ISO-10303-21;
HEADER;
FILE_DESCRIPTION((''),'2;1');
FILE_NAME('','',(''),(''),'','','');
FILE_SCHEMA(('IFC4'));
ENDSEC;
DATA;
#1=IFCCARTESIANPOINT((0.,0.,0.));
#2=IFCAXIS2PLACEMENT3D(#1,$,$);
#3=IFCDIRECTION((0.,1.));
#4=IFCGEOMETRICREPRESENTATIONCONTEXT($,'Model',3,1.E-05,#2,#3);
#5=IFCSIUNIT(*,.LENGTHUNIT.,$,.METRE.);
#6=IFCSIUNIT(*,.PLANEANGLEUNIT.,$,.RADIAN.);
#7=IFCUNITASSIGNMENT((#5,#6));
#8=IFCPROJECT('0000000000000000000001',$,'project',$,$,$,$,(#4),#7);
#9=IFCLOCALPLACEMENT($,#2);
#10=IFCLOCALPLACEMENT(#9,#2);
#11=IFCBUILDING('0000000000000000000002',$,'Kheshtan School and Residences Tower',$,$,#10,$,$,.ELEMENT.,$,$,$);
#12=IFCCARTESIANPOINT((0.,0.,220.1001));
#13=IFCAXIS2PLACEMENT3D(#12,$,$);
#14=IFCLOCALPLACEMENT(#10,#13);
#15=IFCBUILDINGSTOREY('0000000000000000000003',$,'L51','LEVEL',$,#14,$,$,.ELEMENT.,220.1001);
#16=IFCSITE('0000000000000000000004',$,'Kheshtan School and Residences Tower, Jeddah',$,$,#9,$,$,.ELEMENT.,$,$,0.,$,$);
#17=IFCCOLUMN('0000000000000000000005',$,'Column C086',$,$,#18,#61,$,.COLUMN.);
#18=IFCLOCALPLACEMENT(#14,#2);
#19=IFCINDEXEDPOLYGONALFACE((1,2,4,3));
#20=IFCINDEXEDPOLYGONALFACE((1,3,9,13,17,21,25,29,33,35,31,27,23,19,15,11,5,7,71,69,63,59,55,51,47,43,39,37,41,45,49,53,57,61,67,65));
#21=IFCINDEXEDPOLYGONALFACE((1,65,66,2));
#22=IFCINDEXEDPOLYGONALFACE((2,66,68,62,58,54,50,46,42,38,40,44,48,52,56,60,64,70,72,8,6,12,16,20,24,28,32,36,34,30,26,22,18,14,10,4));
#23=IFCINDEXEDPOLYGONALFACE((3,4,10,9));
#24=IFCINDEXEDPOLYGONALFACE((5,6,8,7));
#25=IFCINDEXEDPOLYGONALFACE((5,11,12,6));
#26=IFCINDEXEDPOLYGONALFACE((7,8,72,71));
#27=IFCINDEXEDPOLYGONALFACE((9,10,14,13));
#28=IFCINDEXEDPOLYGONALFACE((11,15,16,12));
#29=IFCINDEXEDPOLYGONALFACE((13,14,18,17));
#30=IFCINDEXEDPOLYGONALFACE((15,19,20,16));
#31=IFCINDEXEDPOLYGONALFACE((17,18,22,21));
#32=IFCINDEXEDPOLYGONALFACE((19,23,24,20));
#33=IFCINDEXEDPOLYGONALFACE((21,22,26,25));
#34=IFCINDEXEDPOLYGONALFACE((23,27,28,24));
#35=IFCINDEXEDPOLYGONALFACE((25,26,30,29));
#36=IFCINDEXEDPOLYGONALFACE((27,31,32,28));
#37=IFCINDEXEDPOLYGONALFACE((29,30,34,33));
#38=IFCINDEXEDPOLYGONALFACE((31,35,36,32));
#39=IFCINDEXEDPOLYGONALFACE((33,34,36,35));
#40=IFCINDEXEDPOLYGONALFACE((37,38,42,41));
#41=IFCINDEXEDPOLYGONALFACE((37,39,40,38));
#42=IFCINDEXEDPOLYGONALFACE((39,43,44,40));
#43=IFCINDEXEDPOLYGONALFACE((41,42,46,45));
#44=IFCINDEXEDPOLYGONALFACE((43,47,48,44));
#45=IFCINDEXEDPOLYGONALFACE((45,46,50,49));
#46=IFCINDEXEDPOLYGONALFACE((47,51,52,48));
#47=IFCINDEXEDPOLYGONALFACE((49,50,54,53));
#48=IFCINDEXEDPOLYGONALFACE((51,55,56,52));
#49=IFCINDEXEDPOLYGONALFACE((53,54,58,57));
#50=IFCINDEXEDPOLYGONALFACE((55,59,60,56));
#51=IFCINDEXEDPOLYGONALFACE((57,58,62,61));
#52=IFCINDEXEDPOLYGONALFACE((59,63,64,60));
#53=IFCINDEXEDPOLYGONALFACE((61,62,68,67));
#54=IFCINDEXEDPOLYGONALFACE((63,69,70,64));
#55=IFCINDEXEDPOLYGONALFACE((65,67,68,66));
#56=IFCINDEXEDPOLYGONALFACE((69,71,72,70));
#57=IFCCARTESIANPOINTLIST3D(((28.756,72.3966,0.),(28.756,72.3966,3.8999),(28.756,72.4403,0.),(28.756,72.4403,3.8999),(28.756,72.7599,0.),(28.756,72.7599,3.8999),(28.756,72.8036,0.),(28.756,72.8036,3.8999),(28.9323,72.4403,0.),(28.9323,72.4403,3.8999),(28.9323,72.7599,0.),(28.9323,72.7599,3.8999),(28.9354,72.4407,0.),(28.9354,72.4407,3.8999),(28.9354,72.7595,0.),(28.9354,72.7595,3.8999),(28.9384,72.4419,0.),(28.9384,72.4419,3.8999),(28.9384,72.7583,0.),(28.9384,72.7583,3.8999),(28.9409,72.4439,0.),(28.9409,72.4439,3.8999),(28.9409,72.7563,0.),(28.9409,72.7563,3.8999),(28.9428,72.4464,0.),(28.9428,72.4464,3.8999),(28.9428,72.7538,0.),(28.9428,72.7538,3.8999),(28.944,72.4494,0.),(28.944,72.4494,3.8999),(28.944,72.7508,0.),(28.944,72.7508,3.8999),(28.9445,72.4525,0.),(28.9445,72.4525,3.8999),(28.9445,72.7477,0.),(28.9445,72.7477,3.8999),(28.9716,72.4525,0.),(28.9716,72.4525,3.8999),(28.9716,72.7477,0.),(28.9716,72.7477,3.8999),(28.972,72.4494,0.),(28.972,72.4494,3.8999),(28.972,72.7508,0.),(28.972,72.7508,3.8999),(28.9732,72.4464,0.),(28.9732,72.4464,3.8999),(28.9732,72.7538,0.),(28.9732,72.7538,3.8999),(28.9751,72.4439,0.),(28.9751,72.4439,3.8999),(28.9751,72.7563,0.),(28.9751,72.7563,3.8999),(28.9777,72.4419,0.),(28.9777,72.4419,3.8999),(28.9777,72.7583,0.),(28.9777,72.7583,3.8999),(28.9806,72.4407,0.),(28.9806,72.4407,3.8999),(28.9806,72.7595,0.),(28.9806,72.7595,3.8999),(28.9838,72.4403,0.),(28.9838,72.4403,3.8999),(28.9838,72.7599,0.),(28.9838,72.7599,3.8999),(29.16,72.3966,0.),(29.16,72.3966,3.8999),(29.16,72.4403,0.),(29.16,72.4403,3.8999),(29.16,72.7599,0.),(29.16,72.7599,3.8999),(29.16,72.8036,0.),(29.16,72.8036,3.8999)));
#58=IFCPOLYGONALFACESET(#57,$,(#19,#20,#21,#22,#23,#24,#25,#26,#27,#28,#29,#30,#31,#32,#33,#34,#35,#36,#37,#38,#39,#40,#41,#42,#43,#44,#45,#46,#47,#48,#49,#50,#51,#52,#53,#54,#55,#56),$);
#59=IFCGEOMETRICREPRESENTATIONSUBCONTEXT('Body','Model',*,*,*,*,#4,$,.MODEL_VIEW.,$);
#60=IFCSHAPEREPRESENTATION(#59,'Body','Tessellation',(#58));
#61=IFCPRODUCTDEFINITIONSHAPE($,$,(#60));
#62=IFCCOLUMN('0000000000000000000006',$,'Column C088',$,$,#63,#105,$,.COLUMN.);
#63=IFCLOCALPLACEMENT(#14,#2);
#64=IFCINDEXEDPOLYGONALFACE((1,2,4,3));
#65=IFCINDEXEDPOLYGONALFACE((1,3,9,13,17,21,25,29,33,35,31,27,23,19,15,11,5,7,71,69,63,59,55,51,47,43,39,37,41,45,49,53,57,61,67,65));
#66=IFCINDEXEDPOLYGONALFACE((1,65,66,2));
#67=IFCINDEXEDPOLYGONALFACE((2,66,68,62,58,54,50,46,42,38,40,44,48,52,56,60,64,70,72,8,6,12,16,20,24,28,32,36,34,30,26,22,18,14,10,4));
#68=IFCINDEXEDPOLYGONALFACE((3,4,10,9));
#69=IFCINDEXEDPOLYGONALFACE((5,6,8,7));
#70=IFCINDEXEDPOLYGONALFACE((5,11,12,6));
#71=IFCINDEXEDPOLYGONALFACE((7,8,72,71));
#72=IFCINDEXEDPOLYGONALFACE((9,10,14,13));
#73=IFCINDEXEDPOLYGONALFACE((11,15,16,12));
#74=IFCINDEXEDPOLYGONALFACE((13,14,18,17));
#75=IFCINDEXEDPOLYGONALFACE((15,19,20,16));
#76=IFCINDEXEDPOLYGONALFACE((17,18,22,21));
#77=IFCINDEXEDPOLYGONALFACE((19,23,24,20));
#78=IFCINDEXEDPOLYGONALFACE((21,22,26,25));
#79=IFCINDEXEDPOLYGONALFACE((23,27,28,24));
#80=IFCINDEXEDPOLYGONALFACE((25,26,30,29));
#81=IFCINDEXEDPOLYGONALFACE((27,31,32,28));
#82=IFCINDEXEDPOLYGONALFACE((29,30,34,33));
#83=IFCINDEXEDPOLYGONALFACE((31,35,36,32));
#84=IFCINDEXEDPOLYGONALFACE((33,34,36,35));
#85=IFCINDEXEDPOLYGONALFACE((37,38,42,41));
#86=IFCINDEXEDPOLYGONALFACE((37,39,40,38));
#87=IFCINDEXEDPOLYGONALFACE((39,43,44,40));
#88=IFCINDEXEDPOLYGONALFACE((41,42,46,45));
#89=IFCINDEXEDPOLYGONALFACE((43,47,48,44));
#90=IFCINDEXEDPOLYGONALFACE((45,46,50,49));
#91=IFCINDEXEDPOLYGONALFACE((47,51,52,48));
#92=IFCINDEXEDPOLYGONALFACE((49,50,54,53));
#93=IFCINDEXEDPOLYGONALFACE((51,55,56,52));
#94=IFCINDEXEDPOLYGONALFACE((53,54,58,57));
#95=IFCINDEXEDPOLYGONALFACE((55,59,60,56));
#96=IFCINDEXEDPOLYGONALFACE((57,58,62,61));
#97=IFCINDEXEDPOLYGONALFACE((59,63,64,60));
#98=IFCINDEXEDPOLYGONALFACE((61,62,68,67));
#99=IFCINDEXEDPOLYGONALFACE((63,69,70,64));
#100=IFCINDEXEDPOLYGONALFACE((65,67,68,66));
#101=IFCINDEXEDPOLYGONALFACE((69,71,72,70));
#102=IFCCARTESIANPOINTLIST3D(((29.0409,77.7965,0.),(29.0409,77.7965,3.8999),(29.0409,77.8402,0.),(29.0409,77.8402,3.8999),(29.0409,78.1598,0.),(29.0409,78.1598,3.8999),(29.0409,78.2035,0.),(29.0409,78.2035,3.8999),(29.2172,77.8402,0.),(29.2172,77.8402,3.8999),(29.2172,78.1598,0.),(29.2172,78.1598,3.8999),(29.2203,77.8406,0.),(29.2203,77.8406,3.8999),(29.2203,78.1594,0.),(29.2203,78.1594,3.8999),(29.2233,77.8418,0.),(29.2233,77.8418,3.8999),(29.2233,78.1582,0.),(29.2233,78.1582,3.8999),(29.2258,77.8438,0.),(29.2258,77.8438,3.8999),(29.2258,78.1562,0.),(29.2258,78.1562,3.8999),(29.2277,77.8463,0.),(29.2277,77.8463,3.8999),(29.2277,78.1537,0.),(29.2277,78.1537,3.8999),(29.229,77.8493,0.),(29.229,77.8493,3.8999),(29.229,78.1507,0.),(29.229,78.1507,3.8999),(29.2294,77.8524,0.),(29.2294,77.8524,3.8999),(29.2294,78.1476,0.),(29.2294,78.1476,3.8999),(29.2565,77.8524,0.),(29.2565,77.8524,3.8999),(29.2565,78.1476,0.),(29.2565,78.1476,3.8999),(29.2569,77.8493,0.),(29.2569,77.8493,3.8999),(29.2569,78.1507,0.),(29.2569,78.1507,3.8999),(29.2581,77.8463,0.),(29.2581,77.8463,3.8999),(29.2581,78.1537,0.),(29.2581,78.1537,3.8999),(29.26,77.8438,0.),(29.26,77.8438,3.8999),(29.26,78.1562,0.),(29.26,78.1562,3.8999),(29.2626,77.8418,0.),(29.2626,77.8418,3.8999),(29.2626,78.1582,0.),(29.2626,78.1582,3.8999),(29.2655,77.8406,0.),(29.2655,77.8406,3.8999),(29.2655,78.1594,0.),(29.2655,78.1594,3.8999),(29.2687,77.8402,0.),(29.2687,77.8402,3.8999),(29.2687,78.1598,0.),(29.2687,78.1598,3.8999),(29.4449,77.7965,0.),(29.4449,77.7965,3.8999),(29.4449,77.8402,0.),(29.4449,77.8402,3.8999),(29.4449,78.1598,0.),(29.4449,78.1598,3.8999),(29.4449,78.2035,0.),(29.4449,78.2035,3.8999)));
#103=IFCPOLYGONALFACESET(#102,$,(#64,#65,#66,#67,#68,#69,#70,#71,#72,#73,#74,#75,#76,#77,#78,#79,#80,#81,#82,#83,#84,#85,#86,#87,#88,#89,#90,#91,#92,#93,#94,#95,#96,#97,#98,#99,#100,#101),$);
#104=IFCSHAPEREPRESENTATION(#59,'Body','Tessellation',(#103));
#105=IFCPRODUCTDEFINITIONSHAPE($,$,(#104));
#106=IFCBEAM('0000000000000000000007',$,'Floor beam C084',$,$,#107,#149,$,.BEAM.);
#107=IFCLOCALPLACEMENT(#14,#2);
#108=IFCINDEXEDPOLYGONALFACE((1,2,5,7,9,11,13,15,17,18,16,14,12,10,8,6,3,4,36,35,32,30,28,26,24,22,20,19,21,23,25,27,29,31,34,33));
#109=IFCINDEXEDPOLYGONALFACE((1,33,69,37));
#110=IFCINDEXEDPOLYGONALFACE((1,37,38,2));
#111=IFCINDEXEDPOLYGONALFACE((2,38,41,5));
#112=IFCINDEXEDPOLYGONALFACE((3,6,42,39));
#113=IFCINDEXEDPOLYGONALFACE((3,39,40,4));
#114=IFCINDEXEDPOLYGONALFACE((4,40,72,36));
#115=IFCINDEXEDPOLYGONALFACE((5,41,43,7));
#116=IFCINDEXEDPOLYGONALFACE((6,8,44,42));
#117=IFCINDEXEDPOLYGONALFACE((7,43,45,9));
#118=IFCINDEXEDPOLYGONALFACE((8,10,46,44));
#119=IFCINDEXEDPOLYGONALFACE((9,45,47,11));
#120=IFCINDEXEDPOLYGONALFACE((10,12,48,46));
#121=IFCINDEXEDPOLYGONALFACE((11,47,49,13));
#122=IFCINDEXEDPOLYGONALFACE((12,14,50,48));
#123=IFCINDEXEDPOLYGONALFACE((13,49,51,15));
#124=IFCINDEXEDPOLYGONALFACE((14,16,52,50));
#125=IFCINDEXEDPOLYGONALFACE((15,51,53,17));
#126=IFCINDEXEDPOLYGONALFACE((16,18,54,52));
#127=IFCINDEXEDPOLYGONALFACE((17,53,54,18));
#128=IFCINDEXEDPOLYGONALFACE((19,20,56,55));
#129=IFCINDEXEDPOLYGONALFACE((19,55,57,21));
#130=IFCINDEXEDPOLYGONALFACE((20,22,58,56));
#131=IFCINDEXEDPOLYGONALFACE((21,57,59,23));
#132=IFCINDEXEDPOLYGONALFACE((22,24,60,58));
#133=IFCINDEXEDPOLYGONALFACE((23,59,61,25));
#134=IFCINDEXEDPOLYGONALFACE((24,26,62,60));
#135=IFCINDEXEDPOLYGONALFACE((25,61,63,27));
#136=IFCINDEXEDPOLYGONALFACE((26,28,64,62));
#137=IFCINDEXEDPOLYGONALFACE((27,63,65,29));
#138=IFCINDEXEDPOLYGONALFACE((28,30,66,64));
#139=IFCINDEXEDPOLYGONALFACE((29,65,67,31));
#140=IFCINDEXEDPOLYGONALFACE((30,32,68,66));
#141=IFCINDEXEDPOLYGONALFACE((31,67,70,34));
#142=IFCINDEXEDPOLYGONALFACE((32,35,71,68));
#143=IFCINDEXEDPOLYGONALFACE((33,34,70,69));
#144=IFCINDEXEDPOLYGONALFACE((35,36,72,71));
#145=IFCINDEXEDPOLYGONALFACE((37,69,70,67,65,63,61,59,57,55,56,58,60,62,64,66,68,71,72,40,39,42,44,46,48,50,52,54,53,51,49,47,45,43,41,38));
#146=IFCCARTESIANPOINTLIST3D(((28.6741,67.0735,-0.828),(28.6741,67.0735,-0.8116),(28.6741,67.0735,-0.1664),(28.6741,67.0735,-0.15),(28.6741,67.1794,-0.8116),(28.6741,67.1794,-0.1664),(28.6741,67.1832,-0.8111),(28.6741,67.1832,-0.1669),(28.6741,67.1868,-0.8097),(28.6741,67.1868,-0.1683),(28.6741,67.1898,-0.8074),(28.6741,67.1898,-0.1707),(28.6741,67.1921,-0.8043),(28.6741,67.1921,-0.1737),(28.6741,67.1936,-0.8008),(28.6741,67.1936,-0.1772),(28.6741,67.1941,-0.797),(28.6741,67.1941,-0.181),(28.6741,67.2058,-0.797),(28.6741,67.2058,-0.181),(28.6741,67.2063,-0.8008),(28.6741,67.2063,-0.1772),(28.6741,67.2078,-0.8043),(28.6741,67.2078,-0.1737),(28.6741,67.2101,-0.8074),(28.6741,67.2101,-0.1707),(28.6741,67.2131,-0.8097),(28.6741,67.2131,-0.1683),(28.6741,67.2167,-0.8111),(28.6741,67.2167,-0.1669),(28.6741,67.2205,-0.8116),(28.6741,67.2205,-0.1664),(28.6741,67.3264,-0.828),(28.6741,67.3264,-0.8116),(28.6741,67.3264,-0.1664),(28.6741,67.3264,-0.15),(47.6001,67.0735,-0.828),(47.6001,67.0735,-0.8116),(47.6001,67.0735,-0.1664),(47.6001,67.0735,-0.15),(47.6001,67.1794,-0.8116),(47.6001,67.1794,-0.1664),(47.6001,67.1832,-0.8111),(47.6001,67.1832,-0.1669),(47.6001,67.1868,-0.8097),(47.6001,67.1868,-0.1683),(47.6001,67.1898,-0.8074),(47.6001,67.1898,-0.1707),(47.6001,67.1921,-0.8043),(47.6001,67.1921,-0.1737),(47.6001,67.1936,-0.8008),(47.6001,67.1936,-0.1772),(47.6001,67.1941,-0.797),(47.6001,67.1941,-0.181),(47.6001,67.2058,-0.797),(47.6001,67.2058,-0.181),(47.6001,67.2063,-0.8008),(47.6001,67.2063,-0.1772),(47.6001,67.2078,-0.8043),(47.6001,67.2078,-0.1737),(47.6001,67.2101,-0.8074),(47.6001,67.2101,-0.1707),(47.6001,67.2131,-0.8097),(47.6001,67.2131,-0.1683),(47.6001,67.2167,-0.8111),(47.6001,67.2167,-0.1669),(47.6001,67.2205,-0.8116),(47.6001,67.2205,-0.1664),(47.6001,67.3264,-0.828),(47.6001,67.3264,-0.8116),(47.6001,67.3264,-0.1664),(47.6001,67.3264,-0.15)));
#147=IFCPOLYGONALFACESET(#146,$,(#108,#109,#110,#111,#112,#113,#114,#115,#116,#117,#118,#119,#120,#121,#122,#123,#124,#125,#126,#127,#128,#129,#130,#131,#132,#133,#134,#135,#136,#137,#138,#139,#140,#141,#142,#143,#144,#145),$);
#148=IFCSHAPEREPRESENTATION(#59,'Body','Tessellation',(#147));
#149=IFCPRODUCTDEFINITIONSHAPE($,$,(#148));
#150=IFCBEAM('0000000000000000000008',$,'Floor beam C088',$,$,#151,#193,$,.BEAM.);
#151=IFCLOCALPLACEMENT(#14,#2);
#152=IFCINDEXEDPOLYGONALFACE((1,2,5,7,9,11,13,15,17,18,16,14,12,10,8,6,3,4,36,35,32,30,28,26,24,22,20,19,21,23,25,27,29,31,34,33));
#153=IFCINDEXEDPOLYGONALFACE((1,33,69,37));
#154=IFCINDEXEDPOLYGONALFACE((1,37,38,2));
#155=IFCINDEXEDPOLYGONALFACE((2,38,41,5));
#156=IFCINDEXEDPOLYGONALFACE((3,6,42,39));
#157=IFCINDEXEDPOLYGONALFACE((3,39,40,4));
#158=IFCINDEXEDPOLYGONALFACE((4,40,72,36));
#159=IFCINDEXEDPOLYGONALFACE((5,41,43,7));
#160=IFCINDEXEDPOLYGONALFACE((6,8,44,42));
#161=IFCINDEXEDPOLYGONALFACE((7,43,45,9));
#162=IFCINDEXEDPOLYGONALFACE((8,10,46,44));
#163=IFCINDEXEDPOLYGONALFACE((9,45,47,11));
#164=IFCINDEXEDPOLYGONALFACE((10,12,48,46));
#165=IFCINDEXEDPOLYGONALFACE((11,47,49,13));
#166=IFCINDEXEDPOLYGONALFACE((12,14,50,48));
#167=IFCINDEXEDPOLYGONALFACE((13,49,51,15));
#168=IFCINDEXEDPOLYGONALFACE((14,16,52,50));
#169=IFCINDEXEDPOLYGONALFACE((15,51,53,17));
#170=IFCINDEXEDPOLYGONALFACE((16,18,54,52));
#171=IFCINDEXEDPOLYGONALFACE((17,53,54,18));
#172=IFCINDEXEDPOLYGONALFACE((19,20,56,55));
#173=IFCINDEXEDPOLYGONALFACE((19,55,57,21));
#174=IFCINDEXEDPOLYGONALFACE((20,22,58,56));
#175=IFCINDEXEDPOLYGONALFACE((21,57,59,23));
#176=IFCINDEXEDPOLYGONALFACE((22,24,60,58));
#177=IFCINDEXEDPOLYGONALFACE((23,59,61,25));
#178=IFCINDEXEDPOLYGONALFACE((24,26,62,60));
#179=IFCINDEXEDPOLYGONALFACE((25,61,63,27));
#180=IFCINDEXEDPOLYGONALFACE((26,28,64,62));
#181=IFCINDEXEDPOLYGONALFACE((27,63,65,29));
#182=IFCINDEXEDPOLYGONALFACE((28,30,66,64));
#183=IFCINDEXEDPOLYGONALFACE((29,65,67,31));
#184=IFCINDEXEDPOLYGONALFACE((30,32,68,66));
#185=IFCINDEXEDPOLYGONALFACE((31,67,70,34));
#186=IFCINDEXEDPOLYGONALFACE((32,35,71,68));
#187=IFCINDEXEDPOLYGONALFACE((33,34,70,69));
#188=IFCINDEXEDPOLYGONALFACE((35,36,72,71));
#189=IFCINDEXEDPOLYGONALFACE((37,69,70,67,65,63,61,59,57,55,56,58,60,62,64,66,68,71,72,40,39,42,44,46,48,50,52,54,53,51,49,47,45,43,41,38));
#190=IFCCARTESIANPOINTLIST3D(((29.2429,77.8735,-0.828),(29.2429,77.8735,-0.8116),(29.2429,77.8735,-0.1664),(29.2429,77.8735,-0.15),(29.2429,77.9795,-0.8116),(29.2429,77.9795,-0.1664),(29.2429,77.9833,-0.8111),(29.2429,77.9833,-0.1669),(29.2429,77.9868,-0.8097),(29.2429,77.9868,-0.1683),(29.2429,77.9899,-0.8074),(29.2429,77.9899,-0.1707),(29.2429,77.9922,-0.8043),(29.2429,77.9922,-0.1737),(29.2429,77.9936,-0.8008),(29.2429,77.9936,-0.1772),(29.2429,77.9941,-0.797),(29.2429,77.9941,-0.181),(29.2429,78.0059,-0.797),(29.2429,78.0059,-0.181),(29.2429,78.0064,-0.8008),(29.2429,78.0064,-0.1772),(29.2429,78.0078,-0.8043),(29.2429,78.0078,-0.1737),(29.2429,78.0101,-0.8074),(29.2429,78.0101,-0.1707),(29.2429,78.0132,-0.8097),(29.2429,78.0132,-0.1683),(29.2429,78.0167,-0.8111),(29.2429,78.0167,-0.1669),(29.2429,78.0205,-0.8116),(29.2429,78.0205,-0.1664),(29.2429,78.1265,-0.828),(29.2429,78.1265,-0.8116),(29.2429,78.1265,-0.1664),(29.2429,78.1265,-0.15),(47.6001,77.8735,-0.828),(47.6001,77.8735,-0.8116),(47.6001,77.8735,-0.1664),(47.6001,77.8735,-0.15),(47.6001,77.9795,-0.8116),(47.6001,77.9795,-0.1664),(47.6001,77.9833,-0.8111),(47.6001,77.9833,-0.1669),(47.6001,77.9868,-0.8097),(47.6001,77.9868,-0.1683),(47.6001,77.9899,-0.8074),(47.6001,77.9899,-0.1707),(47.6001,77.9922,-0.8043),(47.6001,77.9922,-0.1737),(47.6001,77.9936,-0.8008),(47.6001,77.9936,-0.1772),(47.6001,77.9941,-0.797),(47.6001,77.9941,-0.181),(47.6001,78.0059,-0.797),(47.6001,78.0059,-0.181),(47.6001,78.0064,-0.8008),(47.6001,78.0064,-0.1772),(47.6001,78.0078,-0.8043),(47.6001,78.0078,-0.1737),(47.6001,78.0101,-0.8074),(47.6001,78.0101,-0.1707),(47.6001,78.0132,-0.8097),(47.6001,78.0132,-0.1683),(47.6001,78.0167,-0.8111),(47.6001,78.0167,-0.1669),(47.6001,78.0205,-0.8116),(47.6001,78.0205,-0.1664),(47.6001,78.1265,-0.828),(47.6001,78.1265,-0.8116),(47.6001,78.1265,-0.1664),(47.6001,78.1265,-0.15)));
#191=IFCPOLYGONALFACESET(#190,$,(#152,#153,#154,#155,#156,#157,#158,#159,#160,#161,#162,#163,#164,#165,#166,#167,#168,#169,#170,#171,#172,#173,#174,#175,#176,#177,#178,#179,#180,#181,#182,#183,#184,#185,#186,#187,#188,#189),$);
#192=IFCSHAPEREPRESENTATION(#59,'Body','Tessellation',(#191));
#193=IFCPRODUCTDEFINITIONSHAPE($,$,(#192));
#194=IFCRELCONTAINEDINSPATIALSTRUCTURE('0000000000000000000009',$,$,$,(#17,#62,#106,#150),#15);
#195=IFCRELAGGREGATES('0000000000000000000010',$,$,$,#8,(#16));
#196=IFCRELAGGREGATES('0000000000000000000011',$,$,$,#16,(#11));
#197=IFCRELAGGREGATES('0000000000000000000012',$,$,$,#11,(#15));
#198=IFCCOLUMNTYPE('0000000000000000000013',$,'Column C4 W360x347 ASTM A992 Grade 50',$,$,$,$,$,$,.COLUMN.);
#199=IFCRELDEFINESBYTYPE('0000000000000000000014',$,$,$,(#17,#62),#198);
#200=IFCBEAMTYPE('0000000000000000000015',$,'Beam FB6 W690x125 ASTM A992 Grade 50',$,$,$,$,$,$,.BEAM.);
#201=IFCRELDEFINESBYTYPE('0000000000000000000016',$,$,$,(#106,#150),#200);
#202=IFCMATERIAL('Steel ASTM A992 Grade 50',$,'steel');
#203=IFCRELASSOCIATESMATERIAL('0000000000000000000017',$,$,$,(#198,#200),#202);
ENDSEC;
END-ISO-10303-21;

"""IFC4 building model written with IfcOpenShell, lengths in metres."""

from ifc_helpers import new_model, si_unit, direction, frame, origin, origin_2d, place, context, subcontext, project, spatial, i_section, extrude, material, material_profile, profile_set, type_object, element, save


model = new_model("IFC4")

# Units and contexts
model_context = context("Model", 3, precision=1e-05, world=origin(), true_north=direction((0.0, 1.0)))
body_context = subcontext(model_context, "Body", "Model", "MODEL_VIEW")
ifc_project = project(units=[si_unit("LENGTHUNIT", "METRE"), si_unit("PLANEANGLEUNIT", "RADIAN")], contexts=[model_context])

# Site, building, storey
site_placement = place(None, origin())
site = spatial("IfcSite", under=ifc_project, at=site_placement, Name="Kheshtan School and Residences Tower, Jeddah", CompositionType="ELEMENT", RefElevation=0.0)
building_placement = place(site_placement, origin())
building = spatial("IfcBuilding", under=site, at=building_placement, Name="Kheshtan School and Residences Tower", CompositionType="ELEMENT")
storey_placement = place(building_placement, frame((0.0, 0.0, 220.1001)))
storey = spatial("IfcBuildingStorey", under=building, at=storey_placement, Name="L51", Description="LEVEL", CompositionType="ELEMENT", Elevation=220.1001)

# Columns
ifc_material_1 = material(Name="Steel ASTM A992 Grade 50", Category="steel")
ifc_material_profile_1 = material_profile(ifc_material_1, i_section(OverallWidth=0.4041, OverallDepth=0.407, WebThickness=0.0271, FlangeThickness=0.0437, FilletRadius=0.0122, at=origin_2d()), Name="W360x347")
ifc_profile_set_1 = profile_set([ifc_material_profile_1], Name="Steel ASTM A992 Grade 50")
column_type = type_object("IfcColumnType", Name="Column C4 W360x347 ASTM A992 Grade 50", PredefinedType="COLUMN", material=ifc_profile_set_1)
for number, where, z_axis, x_axis, name in (
    (1, (28.958, 72.6001, 0.0), (0.0, 0.0, 1.0), (1.0, 0.0, 0.0), "Column C086"),
    (2, (29.2429, 78.0, 0.0), (0.0, 0.0, 1.0), (1.0, 0.0, 0.0), "Column C088"),
):
    element("IfcColumn", number, at=place(storey_placement, frame(where, z_axis=z_axis, x_axis=x_axis)), inside=storey, type_object=column_type, Name=name, PredefinedType="COLUMN", context=body_context, shape_type="SweptSolid", body=[
        extrude(i_section(OverallWidth=0.4041, OverallDepth=0.407, WebThickness=0.0271, FlangeThickness=0.0437, FilletRadius=0.0122, at=origin_2d()), origin(), (0.0, 0.0, 1.0), 3.8999),
    ])

# Beams
ifc_material_profile_2 = material_profile(ifc_material_1, i_section(OverallWidth=0.2529, OverallDepth=0.678, WebThickness=0.0117, FlangeThickness=0.0164, FilletRadius=0.0146, at=origin_2d()), Name="W690x125")
ifc_profile_set_2 = profile_set([ifc_material_profile_2], Name="Steel ASTM A992 Grade 50")
beam_type_1 = type_object("IfcBeamType", Name="Beam FB6 W690x125 ASTM A992 Grade 50", PredefinedType="BEAM", material=ifc_profile_set_2)
beam_1_placement = place(storey_placement, frame((28.6741, 67.2, -0.489), z_axis=(1.0, 0.0, 0.0), x_axis=(0.0, 1.0, 0.0)))
element("IfcBeam", 3, at=beam_1_placement, inside=storey, type_object=beam_type_1, Name="Floor beam C084", PredefinedType="BEAM", context=body_context, shape_type="SweptSolid", body=[
    extrude(i_section(OverallWidth=0.2529, OverallDepth=0.678, WebThickness=0.0117, FlangeThickness=0.0164, FilletRadius=0.0146, at=origin_2d()), origin(), (0.0, 0.0, 1.0), 18.926),
])
beam_2_placement = place(storey_placement, frame((29.2429, 78.0, -0.489), z_axis=(1.0, 0.0, 0.0), x_axis=(0.0, 1.0, 0.0)))
element("IfcBeam", 4, at=beam_2_placement, inside=storey, type_object=beam_type_1, Name="Floor beam C088", PredefinedType="BEAM", context=body_context, shape_type="SweptSolid", body=[
    extrude(i_section(OverallWidth=0.2529, OverallDepth=0.678, WebThickness=0.0117, FlangeThickness=0.0164, FilletRadius=0.0146, at=origin_2d()), origin(), (0.0, 0.0, 1.0), 18.3572),
])

save(model, "model.ifc")
